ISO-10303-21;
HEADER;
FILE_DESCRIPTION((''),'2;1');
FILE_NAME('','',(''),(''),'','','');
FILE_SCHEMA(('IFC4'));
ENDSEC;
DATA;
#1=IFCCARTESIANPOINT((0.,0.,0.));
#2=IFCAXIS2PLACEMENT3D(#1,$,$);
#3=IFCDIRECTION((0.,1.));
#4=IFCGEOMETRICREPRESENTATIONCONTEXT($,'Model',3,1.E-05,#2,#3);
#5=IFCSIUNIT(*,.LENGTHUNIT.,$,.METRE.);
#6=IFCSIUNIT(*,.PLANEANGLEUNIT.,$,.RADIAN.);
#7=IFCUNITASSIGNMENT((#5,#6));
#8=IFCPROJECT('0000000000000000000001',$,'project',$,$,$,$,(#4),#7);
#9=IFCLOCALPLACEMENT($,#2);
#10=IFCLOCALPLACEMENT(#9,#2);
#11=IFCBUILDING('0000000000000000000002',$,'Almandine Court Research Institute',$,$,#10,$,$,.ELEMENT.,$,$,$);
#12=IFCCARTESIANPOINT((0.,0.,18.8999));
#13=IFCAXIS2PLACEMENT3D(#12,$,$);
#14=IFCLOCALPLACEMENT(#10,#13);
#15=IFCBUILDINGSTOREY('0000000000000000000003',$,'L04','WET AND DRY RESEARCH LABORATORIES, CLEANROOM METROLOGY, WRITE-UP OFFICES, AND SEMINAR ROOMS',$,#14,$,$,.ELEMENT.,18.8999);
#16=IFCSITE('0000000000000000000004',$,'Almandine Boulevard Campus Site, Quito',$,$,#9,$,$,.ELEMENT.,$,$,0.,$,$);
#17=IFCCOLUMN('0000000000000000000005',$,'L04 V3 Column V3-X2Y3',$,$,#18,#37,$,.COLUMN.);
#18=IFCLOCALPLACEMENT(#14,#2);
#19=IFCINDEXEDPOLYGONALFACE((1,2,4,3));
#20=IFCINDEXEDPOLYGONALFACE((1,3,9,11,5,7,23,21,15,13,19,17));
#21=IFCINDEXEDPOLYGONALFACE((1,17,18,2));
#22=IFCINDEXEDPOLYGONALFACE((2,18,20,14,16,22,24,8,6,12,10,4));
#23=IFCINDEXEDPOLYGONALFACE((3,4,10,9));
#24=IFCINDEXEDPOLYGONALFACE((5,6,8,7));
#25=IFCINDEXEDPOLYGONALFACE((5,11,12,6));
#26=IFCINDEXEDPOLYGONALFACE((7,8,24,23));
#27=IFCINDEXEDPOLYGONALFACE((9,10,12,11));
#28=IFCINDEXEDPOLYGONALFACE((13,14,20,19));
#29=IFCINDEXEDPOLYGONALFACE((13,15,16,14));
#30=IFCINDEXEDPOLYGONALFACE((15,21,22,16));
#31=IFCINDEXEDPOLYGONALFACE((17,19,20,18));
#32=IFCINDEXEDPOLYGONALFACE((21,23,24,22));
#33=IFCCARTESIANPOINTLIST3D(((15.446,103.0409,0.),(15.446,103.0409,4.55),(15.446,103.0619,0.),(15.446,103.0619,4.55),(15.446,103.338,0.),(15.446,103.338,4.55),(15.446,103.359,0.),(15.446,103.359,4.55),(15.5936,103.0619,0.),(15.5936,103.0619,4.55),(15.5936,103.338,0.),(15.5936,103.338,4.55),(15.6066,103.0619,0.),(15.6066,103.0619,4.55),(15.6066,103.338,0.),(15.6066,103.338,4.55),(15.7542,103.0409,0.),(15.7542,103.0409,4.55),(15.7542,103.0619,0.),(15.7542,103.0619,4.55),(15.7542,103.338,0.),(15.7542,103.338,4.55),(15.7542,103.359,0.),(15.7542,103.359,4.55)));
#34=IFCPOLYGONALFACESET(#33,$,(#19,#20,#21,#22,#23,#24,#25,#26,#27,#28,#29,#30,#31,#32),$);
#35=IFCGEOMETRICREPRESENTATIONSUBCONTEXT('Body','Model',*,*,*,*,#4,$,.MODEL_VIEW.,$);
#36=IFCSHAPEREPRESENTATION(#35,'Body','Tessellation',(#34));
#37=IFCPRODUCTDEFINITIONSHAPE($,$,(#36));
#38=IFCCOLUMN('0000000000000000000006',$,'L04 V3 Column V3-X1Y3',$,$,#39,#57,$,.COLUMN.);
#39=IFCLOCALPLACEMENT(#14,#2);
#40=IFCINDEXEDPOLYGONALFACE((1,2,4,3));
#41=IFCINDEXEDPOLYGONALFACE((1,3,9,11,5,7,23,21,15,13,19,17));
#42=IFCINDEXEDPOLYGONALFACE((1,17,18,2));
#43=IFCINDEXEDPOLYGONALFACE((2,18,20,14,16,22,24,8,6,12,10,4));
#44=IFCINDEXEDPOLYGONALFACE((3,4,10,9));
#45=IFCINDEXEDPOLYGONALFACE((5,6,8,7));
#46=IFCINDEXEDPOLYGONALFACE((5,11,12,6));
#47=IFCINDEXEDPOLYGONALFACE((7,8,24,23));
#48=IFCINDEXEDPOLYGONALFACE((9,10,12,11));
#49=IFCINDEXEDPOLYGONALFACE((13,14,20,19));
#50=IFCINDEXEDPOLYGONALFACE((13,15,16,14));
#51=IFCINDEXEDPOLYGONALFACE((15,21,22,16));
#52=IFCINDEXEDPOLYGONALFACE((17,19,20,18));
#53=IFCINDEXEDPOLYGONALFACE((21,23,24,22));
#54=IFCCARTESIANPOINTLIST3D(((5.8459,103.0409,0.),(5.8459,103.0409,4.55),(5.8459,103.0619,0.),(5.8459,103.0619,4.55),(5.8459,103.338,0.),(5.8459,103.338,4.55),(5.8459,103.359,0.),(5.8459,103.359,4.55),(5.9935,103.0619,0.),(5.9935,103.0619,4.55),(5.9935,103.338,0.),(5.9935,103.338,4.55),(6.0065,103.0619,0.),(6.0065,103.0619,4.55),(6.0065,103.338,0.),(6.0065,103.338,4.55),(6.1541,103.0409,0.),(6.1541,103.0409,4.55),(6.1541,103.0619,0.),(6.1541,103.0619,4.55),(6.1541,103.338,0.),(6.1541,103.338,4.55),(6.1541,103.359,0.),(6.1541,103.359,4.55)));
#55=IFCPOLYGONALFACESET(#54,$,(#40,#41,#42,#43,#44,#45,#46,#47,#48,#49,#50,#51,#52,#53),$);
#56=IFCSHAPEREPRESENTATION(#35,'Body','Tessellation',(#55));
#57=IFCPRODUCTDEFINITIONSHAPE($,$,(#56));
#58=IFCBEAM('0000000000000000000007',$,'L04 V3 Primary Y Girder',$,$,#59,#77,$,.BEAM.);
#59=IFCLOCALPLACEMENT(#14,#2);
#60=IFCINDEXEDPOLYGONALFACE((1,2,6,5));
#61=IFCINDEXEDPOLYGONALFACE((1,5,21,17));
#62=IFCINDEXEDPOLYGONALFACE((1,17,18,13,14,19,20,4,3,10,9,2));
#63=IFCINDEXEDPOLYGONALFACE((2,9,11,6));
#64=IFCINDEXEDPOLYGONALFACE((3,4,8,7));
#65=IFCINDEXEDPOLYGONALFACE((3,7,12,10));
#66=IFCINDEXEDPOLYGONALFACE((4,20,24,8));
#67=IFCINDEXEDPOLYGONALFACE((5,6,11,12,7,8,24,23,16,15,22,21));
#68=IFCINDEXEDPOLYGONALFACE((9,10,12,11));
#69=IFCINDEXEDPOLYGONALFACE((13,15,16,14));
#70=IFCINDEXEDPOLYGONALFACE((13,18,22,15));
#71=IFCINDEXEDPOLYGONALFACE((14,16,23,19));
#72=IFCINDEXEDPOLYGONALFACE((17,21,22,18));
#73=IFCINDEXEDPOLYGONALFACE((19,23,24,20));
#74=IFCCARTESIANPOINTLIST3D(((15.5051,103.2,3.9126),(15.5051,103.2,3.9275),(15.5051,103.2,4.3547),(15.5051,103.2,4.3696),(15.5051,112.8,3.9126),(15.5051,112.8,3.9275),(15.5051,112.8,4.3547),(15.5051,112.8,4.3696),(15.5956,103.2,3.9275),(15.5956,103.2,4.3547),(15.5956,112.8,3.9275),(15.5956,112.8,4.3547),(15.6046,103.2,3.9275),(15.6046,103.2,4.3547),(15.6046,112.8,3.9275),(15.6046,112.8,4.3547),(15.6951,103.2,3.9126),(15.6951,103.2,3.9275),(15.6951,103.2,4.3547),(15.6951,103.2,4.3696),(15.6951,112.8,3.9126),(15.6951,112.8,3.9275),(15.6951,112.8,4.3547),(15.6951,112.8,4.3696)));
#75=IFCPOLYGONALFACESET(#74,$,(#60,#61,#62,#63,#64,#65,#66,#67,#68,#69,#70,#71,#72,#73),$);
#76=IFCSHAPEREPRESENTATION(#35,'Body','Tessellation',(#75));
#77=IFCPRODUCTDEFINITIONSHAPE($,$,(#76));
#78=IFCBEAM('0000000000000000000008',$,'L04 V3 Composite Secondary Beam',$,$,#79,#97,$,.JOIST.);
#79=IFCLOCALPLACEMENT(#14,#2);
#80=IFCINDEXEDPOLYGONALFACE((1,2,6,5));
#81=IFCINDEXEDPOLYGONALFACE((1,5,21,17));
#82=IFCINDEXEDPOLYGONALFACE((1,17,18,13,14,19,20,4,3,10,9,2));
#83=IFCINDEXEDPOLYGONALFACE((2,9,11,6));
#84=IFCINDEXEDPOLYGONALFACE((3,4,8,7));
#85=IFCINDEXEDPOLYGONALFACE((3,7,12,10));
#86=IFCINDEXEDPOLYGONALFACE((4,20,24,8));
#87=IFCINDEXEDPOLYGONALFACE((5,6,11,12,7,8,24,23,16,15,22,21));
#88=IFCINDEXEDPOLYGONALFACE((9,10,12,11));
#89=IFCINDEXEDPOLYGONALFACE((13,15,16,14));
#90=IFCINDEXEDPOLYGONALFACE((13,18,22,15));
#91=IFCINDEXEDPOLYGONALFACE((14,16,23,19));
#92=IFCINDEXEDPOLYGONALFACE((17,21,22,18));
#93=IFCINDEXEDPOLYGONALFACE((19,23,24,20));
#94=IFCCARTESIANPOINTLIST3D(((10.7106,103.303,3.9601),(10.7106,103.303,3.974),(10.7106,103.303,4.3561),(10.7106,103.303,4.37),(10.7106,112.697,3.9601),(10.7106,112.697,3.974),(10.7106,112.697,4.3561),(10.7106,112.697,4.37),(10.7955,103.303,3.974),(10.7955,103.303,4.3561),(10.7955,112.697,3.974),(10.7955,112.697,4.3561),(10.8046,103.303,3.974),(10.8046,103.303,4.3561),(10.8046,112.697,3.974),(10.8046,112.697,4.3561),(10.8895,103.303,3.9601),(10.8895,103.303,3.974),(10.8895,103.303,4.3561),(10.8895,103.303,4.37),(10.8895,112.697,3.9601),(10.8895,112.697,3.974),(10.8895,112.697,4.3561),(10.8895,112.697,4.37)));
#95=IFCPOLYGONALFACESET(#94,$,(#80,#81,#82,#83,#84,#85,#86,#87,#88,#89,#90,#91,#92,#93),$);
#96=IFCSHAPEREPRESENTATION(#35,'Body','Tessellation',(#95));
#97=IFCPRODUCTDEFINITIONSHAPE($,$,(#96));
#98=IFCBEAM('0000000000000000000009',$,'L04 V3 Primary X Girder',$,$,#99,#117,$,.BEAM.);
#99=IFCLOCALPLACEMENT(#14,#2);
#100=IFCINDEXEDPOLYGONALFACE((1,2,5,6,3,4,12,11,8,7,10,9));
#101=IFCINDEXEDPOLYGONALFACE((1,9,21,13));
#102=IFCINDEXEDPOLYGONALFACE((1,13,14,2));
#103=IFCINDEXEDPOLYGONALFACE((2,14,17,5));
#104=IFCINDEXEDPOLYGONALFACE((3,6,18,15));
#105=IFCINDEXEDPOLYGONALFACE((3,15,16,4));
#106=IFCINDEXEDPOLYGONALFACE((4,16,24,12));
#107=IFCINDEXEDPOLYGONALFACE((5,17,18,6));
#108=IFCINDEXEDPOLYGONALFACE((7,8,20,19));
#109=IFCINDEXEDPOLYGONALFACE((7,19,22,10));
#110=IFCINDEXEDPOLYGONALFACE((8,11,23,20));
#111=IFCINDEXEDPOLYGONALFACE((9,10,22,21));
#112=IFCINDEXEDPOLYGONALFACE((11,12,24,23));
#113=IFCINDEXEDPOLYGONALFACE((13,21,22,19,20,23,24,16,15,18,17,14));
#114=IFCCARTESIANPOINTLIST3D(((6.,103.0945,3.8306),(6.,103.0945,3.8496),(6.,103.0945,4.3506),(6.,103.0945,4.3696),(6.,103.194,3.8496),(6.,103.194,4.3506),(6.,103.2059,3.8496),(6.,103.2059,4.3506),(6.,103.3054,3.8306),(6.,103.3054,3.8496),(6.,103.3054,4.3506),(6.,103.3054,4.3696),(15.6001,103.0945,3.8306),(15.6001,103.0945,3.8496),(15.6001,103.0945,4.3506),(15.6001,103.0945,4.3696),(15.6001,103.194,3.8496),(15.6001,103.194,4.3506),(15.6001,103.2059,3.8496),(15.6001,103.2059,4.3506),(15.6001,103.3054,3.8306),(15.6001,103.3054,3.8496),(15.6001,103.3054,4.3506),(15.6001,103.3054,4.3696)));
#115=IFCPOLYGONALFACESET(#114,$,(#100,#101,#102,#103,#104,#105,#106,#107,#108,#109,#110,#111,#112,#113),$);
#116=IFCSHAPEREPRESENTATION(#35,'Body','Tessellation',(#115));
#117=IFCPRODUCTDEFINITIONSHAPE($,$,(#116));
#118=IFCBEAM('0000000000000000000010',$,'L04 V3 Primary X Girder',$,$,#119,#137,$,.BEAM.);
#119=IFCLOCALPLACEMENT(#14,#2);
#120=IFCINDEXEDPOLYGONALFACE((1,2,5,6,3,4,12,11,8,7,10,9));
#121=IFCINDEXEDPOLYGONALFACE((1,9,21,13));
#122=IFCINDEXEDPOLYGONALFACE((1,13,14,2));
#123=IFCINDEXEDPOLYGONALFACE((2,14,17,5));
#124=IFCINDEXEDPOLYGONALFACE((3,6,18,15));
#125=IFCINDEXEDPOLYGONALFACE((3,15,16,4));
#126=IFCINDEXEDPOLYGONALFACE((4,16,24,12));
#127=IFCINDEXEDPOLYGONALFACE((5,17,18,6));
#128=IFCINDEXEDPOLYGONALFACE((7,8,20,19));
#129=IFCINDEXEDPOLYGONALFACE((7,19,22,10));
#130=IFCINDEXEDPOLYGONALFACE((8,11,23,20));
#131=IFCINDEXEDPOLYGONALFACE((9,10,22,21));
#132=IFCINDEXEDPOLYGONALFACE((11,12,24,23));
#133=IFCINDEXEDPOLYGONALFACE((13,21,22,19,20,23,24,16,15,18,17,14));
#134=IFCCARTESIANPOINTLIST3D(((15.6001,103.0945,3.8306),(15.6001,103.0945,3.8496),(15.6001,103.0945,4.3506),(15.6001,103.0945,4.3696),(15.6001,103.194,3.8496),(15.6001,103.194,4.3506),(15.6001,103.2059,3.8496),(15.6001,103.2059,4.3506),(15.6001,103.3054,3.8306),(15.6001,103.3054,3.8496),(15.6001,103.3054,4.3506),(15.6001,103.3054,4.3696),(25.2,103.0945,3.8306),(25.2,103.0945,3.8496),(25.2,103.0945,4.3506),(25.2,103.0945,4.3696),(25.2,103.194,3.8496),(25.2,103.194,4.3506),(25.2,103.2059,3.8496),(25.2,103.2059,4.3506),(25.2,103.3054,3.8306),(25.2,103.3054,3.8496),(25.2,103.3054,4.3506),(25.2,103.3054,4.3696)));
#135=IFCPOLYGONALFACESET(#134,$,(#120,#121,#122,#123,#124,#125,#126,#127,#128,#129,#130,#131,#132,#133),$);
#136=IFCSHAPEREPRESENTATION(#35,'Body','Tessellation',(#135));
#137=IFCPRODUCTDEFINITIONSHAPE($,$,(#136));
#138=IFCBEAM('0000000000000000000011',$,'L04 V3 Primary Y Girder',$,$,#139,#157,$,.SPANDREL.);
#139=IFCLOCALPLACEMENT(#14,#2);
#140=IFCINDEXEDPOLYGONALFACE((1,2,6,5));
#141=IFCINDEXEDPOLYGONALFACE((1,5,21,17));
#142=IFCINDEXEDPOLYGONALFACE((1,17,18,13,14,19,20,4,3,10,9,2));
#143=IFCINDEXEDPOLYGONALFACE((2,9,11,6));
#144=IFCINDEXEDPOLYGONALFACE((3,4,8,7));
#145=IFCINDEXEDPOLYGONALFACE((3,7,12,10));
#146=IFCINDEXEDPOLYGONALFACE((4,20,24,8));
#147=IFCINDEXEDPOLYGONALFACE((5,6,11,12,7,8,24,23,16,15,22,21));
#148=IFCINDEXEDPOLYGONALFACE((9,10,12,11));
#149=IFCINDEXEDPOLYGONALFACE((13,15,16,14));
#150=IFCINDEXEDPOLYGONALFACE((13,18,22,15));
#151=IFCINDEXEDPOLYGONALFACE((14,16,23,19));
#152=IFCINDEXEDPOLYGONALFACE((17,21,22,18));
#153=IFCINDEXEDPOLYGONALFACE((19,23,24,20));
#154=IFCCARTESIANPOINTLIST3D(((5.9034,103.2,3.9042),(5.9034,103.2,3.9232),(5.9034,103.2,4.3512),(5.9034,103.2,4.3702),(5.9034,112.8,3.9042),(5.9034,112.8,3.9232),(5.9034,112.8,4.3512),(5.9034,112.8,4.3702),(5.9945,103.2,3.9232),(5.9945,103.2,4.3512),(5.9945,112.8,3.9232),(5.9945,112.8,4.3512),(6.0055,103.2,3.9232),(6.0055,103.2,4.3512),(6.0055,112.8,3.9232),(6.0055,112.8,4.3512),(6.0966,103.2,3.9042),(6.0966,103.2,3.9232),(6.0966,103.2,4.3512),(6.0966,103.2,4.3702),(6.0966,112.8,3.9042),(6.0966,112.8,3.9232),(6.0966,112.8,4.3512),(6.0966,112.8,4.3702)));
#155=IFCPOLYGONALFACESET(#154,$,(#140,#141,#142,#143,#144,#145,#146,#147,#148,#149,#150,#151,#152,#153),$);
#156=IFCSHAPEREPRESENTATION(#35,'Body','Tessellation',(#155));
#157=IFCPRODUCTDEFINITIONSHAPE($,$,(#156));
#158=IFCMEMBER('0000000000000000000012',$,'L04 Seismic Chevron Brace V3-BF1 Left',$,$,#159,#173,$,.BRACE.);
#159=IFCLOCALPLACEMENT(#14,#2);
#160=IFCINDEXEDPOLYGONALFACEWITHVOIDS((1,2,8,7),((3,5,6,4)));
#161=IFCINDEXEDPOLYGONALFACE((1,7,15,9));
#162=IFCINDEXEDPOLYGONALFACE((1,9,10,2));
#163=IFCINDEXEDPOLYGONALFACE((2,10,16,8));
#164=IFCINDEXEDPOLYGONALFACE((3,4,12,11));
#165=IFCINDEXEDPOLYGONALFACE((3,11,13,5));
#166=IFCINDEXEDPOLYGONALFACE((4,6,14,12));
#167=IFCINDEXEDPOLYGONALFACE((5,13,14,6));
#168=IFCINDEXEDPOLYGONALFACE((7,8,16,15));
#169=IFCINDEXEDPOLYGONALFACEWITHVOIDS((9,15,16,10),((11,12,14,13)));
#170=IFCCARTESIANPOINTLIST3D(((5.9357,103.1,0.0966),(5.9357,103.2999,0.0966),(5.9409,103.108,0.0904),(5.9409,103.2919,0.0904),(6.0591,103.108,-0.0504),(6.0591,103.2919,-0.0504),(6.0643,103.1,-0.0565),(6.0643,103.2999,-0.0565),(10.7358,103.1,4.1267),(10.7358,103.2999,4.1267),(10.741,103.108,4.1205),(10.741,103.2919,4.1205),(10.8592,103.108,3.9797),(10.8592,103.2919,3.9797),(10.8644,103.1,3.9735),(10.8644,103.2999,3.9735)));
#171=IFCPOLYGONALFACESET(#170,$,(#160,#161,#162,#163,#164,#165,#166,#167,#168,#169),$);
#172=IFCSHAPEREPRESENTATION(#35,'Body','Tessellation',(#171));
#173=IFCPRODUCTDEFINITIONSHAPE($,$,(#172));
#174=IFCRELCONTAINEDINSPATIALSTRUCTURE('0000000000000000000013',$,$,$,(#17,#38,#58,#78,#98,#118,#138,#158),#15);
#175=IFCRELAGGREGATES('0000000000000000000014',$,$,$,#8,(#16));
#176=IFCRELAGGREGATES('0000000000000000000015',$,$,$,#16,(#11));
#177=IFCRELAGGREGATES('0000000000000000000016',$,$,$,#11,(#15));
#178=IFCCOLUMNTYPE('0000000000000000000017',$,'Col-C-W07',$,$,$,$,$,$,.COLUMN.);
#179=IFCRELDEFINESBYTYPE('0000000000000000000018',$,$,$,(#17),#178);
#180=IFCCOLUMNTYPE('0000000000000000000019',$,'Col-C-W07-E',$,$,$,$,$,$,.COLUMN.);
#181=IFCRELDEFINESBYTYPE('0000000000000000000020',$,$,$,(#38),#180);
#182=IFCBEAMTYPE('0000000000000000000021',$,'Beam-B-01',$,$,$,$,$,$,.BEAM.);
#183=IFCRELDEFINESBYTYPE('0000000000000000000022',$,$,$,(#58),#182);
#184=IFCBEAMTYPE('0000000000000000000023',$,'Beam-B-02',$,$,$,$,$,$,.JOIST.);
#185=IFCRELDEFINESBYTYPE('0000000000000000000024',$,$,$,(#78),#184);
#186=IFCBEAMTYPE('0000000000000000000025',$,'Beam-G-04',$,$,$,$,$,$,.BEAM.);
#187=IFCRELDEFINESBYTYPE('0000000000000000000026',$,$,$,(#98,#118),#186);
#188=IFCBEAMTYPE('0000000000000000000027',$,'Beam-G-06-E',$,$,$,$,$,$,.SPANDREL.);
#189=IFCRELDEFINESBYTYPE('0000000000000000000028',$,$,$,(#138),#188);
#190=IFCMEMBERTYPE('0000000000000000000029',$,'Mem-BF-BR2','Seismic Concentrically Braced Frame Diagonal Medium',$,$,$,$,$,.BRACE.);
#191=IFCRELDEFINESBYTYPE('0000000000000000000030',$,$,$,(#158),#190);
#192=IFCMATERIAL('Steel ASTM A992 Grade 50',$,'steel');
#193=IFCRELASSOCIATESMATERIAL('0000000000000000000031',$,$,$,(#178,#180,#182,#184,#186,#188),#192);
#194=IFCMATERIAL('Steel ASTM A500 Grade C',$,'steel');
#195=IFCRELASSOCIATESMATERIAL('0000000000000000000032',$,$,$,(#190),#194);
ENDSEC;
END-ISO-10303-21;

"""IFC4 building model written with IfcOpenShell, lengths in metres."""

from ifc_helpers import new_model, si_unit, direction, frame, origin, origin_2d, place, context, subcontext, project, spatial, hollow_rectangle, i_section, extrude, material, material_profile, profile_set, type_object, element, save


model = new_model("IFC4")

# Units and contexts
model_context = context("Model", 3, precision=1e-05, world=origin(), true_north=direction((0.0, 1.0)))
body_context = subcontext(model_context, "Body", "Model", "MODEL_VIEW")
ifc_project = project(units=[si_unit("LENGTHUNIT", "METRE"), si_unit("PLANEANGLEUNIT", "RADIAN")], contexts=[model_context])

# Site, building, storey
site_placement = place(None, origin())
site = spatial("IfcSite", under=ifc_project, at=site_placement, Name="Almandine Boulevard Campus Site, Quito", CompositionType="ELEMENT", RefElevation=0.0)
building_placement = place(site_placement, origin())
building = spatial("IfcBuilding", under=site, at=building_placement, Name="Almandine Court Research Institute", CompositionType="ELEMENT")
storey_placement = place(building_placement, frame((0.0, 0.0, 18.8999)))
storey = spatial("IfcBuildingStorey", under=building, at=storey_placement, Name="L04", Description="WET AND DRY RESEARCH LABORATORIES, CLEANROOM METROLOGY, WRITE-UP OFFICES, AND SEMINAR ROOMS", CompositionType="ELEMENT", Elevation=18.8999)

# Columns
ifc_material_1 = material(Name="Steel ASTM A992 Grade 50", Category="steel")
ifc_material_profile_1 = material_profile(ifc_material_1, i_section(OverallWidth=0.3081, OverallDepth=0.3181, WebThickness=0.0129, FlangeThickness=0.021, at=origin_2d()), Name="W310x129")
ifc_profile_set_1 = profile_set([ifc_material_profile_1], Name="Steel ASTM A992 Grade 50")
column_type_1 = type_object("IfcColumnType", Name="Col-C-W07", PredefinedType="COLUMN", material=ifc_profile_set_1)
column_1_placement = place(storey_placement, frame((15.6001, 103.2, 0.0), z_axis=(0.0, 0.0, 1.0), x_axis=(1.0, 0.0, 0.0)))
element("IfcColumn", 1, at=column_1_placement, inside=storey, type_object=column_type_1, Name="L04 V3 Column V3-X2Y3", PredefinedType="COLUMN", context=body_context, shape_type="SweptSolid", body=[
    extrude(i_section(OverallWidth=0.3081, OverallDepth=0.3181, WebThickness=0.0129, FlangeThickness=0.021, at=origin_2d()), origin(), (0.0, 0.0, 1.0), 4.55),
])
ifc_material_profile_2 = material_profile(ifc_material_1, i_section(OverallWidth=0.3081, OverallDepth=0.3181, WebThickness=0.0129, FlangeThickness=0.021, at=origin_2d()), Name="W310x129")
ifc_profile_set_2 = profile_set([ifc_material_profile_2], Name="Steel ASTM A992 Grade 50")
column_type_2 = type_object("IfcColumnType", Name="Col-C-W07-E", PredefinedType="COLUMN", material=ifc_profile_set_2)
column_2_placement = place(storey_placement, frame((6.0, 103.2, 0.0), z_axis=(0.0, 0.0, 1.0), x_axis=(1.0, 0.0, 0.0)))
element("IfcColumn", 2, at=column_2_placement, inside=storey, type_object=column_type_2, Name="L04 V3 Column V3-X1Y3", PredefinedType="COLUMN", context=body_context, shape_type="SweptSolid", body=[
    extrude(i_section(OverallWidth=0.3081, OverallDepth=0.3181, WebThickness=0.0129, FlangeThickness=0.021, at=origin_2d()), origin(), (0.0, 0.0, 1.0), 4.55),
])

# Beams
ifc_material_profile_3 = material_profile(ifc_material_1, i_section(OverallWidth=0.1899, OverallDepth=0.457, WebThickness=0.009, FlangeThickness=0.0149, at=origin_2d()), Name="W460x74")
ifc_profile_set_3 = profile_set([ifc_material_profile_3], Name="Steel ASTM A992 Grade 50")
beam_type_1 = type_object("IfcBeamType", Name="Beam-B-01", PredefinedType="BEAM", material=ifc_profile_set_3)
beam_1_placement = place(storey_placement, frame((15.6001, 103.2, 4.1411), z_axis=(0.0, 1.0, 0.0), x_axis=(-1.0, 0.0, 0.0)))
element("IfcBeam", 3, at=beam_1_placement, inside=storey, type_object=beam_type_1, Name="L04 V3 Primary Y Girder", PredefinedType="BEAM", context=body_context, shape_type="SweptSolid", body=[
    extrude(i_section(OverallWidth=0.1899, OverallDepth=0.457, WebThickness=0.009, FlangeThickness=0.0149, at=origin_2d()), origin(), (0.0, 0.0, 1.0), 9.6001),
])
ifc_material_profile_4 = material_profile(ifc_material_1, i_section(OverallWidth=0.179, OverallDepth=0.4099, WebThickness=0.009, FlangeThickness=0.0139, at=origin_2d()), Name="W410x67")
ifc_profile_set_4 = profile_set([ifc_material_profile_4], Name="Steel ASTM A992 Grade 50")
beam_type_2 = type_object("IfcBeamType", Name="Beam-B-02", PredefinedType="JOIST", material=ifc_profile_set_4)
beam_2_placement = place(storey_placement, frame((10.8, 103.303, 4.165), z_axis=(0.0, 1.0, 0.0), x_axis=(-1.0, 0.0, 0.0)))
element("IfcBeam", 4, at=beam_2_placement, inside=storey, type_object=beam_type_2, Name="L04 V3 Composite Secondary Beam", PredefinedType="JOIST", context=body_context, shape_type="SweptSolid", body=[
    extrude(i_section(OverallWidth=0.179, OverallDepth=0.4099, WebThickness=0.009, FlangeThickness=0.0139, at=origin_2d()), origin(), (0.0, 0.0, 1.0), 9.394),
])
ifc_material_profile_5 = material_profile(ifc_material_1, i_section(OverallWidth=0.2109, OverallDepth=0.5391, WebThickness=0.012, FlangeThickness=0.019, at=origin_2d()), Name="W530x109")
ifc_profile_set_5 = profile_set([ifc_material_profile_5], Name="Steel ASTM A992 Grade 50")
beam_type_3 = type_object("IfcBeamType", Name="Beam-G-04", PredefinedType="BEAM", material=ifc_profile_set_5)
beam_3_placement = place(storey_placement, frame((6.0, 103.2, 4.1001), z_axis=(1.0, 0.0, 0.0), x_axis=(0.0, 1.0, 0.0)))
element("IfcBeam", 5, at=beam_3_placement, inside=storey, type_object=beam_type_3, Name="L04 V3 Primary X Girder", PredefinedType="BEAM", context=body_context, shape_type="SweptSolid", body=[
    extrude(i_section(OverallWidth=0.2109, OverallDepth=0.5391, WebThickness=0.012, FlangeThickness=0.019, at=origin_2d()), origin(), (0.0, 0.0, 1.0), 9.6001),
])
beam_4_placement = place(storey_placement, frame((15.6001, 103.2, 4.1001), z_axis=(1.0, 0.0, 0.0), x_axis=(0.0, 1.0, 0.0)))
element("IfcBeam", 6, at=beam_4_placement, inside=storey, type_object=beam_type_3, Name="L04 V3 Primary X Girder", PredefinedType="BEAM", context=body_context, shape_type="SweptSolid", body=[
    extrude(i_section(OverallWidth=0.2109, OverallDepth=0.5391, WebThickness=0.012, FlangeThickness=0.019, at=origin_2d()), origin(), (0.0, 0.0, 1.0), 9.5999),
])
ifc_material_profile_6 = material_profile(ifc_material_1, i_section(OverallWidth=0.1931, OverallDepth=0.4661, WebThickness=0.011, FlangeThickness=0.019, at=origin_2d()), Name="W460x97")
ifc_profile_set_6 = profile_set([ifc_material_profile_6], Name="Steel ASTM A992 Grade 50")
beam_type_4 = type_object("IfcBeamType", Name="Beam-G-06-E", PredefinedType="SPANDREL", material=ifc_profile_set_6)
beam_5_placement = place(storey_placement, frame((6.0, 103.2, 4.1372), z_axis=(0.0, 1.0, 0.0), x_axis=(-1.0, 0.0, 0.0)))
element("IfcBeam", 7, at=beam_5_placement, inside=storey, type_object=beam_type_4, Name="L04 V3 Primary Y Girder", PredefinedType="SPANDREL", context=body_context, shape_type="SweptSolid", body=[
    extrude(i_section(OverallWidth=0.1931, OverallDepth=0.4661, WebThickness=0.011, FlangeThickness=0.019, at=origin_2d()), origin(), (0.0, 0.0, 1.0), 9.6001),
])

# Member
ifc_material_2 = material(Name="Steel ASTM A500 Grade C", Category="steel")
ifc_material_profile_7 = material_profile(ifc_material_2, hollow_rectangle(XDim=0.2, YDim=0.2, WallThickness=0.0081, at=origin_2d()), Name="HSS 200x200x8")
ifc_profile_set_7 = profile_set([ifc_material_profile_7], Name="Steel ASTM A500 Grade C")
member_type = type_object("IfcMemberType", Name="Mem-BF-BR2", Description="Seismic Concentrically Braced Frame Diagonal Medium", PredefinedType="BRACE", material=ifc_profile_set_7)
for number, where, z_axis, x_axis, name in (
    (8, (6.0, 103.2, 0.02), (0.765863, 0.0, 0.643004), (0.0, 1.0, 0.0), "L04 Seismic Chevron Brace V3-BF1 Left"),
):
    element("IfcMember", number, at=place(storey_placement, frame(where, z_axis=z_axis, x_axis=x_axis)), inside=storey, type_object=member_type, Name=name, PredefinedType="BRACE", context=body_context, shape_type="SweptSolid", body=[
        extrude(hollow_rectangle(XDim=0.2, YDim=0.2, WallThickness=0.0081, at=origin_2d()), origin(), (0.0, 0.0, 1.0), 6.2676),
    ])

save(model, "model.ifc")
